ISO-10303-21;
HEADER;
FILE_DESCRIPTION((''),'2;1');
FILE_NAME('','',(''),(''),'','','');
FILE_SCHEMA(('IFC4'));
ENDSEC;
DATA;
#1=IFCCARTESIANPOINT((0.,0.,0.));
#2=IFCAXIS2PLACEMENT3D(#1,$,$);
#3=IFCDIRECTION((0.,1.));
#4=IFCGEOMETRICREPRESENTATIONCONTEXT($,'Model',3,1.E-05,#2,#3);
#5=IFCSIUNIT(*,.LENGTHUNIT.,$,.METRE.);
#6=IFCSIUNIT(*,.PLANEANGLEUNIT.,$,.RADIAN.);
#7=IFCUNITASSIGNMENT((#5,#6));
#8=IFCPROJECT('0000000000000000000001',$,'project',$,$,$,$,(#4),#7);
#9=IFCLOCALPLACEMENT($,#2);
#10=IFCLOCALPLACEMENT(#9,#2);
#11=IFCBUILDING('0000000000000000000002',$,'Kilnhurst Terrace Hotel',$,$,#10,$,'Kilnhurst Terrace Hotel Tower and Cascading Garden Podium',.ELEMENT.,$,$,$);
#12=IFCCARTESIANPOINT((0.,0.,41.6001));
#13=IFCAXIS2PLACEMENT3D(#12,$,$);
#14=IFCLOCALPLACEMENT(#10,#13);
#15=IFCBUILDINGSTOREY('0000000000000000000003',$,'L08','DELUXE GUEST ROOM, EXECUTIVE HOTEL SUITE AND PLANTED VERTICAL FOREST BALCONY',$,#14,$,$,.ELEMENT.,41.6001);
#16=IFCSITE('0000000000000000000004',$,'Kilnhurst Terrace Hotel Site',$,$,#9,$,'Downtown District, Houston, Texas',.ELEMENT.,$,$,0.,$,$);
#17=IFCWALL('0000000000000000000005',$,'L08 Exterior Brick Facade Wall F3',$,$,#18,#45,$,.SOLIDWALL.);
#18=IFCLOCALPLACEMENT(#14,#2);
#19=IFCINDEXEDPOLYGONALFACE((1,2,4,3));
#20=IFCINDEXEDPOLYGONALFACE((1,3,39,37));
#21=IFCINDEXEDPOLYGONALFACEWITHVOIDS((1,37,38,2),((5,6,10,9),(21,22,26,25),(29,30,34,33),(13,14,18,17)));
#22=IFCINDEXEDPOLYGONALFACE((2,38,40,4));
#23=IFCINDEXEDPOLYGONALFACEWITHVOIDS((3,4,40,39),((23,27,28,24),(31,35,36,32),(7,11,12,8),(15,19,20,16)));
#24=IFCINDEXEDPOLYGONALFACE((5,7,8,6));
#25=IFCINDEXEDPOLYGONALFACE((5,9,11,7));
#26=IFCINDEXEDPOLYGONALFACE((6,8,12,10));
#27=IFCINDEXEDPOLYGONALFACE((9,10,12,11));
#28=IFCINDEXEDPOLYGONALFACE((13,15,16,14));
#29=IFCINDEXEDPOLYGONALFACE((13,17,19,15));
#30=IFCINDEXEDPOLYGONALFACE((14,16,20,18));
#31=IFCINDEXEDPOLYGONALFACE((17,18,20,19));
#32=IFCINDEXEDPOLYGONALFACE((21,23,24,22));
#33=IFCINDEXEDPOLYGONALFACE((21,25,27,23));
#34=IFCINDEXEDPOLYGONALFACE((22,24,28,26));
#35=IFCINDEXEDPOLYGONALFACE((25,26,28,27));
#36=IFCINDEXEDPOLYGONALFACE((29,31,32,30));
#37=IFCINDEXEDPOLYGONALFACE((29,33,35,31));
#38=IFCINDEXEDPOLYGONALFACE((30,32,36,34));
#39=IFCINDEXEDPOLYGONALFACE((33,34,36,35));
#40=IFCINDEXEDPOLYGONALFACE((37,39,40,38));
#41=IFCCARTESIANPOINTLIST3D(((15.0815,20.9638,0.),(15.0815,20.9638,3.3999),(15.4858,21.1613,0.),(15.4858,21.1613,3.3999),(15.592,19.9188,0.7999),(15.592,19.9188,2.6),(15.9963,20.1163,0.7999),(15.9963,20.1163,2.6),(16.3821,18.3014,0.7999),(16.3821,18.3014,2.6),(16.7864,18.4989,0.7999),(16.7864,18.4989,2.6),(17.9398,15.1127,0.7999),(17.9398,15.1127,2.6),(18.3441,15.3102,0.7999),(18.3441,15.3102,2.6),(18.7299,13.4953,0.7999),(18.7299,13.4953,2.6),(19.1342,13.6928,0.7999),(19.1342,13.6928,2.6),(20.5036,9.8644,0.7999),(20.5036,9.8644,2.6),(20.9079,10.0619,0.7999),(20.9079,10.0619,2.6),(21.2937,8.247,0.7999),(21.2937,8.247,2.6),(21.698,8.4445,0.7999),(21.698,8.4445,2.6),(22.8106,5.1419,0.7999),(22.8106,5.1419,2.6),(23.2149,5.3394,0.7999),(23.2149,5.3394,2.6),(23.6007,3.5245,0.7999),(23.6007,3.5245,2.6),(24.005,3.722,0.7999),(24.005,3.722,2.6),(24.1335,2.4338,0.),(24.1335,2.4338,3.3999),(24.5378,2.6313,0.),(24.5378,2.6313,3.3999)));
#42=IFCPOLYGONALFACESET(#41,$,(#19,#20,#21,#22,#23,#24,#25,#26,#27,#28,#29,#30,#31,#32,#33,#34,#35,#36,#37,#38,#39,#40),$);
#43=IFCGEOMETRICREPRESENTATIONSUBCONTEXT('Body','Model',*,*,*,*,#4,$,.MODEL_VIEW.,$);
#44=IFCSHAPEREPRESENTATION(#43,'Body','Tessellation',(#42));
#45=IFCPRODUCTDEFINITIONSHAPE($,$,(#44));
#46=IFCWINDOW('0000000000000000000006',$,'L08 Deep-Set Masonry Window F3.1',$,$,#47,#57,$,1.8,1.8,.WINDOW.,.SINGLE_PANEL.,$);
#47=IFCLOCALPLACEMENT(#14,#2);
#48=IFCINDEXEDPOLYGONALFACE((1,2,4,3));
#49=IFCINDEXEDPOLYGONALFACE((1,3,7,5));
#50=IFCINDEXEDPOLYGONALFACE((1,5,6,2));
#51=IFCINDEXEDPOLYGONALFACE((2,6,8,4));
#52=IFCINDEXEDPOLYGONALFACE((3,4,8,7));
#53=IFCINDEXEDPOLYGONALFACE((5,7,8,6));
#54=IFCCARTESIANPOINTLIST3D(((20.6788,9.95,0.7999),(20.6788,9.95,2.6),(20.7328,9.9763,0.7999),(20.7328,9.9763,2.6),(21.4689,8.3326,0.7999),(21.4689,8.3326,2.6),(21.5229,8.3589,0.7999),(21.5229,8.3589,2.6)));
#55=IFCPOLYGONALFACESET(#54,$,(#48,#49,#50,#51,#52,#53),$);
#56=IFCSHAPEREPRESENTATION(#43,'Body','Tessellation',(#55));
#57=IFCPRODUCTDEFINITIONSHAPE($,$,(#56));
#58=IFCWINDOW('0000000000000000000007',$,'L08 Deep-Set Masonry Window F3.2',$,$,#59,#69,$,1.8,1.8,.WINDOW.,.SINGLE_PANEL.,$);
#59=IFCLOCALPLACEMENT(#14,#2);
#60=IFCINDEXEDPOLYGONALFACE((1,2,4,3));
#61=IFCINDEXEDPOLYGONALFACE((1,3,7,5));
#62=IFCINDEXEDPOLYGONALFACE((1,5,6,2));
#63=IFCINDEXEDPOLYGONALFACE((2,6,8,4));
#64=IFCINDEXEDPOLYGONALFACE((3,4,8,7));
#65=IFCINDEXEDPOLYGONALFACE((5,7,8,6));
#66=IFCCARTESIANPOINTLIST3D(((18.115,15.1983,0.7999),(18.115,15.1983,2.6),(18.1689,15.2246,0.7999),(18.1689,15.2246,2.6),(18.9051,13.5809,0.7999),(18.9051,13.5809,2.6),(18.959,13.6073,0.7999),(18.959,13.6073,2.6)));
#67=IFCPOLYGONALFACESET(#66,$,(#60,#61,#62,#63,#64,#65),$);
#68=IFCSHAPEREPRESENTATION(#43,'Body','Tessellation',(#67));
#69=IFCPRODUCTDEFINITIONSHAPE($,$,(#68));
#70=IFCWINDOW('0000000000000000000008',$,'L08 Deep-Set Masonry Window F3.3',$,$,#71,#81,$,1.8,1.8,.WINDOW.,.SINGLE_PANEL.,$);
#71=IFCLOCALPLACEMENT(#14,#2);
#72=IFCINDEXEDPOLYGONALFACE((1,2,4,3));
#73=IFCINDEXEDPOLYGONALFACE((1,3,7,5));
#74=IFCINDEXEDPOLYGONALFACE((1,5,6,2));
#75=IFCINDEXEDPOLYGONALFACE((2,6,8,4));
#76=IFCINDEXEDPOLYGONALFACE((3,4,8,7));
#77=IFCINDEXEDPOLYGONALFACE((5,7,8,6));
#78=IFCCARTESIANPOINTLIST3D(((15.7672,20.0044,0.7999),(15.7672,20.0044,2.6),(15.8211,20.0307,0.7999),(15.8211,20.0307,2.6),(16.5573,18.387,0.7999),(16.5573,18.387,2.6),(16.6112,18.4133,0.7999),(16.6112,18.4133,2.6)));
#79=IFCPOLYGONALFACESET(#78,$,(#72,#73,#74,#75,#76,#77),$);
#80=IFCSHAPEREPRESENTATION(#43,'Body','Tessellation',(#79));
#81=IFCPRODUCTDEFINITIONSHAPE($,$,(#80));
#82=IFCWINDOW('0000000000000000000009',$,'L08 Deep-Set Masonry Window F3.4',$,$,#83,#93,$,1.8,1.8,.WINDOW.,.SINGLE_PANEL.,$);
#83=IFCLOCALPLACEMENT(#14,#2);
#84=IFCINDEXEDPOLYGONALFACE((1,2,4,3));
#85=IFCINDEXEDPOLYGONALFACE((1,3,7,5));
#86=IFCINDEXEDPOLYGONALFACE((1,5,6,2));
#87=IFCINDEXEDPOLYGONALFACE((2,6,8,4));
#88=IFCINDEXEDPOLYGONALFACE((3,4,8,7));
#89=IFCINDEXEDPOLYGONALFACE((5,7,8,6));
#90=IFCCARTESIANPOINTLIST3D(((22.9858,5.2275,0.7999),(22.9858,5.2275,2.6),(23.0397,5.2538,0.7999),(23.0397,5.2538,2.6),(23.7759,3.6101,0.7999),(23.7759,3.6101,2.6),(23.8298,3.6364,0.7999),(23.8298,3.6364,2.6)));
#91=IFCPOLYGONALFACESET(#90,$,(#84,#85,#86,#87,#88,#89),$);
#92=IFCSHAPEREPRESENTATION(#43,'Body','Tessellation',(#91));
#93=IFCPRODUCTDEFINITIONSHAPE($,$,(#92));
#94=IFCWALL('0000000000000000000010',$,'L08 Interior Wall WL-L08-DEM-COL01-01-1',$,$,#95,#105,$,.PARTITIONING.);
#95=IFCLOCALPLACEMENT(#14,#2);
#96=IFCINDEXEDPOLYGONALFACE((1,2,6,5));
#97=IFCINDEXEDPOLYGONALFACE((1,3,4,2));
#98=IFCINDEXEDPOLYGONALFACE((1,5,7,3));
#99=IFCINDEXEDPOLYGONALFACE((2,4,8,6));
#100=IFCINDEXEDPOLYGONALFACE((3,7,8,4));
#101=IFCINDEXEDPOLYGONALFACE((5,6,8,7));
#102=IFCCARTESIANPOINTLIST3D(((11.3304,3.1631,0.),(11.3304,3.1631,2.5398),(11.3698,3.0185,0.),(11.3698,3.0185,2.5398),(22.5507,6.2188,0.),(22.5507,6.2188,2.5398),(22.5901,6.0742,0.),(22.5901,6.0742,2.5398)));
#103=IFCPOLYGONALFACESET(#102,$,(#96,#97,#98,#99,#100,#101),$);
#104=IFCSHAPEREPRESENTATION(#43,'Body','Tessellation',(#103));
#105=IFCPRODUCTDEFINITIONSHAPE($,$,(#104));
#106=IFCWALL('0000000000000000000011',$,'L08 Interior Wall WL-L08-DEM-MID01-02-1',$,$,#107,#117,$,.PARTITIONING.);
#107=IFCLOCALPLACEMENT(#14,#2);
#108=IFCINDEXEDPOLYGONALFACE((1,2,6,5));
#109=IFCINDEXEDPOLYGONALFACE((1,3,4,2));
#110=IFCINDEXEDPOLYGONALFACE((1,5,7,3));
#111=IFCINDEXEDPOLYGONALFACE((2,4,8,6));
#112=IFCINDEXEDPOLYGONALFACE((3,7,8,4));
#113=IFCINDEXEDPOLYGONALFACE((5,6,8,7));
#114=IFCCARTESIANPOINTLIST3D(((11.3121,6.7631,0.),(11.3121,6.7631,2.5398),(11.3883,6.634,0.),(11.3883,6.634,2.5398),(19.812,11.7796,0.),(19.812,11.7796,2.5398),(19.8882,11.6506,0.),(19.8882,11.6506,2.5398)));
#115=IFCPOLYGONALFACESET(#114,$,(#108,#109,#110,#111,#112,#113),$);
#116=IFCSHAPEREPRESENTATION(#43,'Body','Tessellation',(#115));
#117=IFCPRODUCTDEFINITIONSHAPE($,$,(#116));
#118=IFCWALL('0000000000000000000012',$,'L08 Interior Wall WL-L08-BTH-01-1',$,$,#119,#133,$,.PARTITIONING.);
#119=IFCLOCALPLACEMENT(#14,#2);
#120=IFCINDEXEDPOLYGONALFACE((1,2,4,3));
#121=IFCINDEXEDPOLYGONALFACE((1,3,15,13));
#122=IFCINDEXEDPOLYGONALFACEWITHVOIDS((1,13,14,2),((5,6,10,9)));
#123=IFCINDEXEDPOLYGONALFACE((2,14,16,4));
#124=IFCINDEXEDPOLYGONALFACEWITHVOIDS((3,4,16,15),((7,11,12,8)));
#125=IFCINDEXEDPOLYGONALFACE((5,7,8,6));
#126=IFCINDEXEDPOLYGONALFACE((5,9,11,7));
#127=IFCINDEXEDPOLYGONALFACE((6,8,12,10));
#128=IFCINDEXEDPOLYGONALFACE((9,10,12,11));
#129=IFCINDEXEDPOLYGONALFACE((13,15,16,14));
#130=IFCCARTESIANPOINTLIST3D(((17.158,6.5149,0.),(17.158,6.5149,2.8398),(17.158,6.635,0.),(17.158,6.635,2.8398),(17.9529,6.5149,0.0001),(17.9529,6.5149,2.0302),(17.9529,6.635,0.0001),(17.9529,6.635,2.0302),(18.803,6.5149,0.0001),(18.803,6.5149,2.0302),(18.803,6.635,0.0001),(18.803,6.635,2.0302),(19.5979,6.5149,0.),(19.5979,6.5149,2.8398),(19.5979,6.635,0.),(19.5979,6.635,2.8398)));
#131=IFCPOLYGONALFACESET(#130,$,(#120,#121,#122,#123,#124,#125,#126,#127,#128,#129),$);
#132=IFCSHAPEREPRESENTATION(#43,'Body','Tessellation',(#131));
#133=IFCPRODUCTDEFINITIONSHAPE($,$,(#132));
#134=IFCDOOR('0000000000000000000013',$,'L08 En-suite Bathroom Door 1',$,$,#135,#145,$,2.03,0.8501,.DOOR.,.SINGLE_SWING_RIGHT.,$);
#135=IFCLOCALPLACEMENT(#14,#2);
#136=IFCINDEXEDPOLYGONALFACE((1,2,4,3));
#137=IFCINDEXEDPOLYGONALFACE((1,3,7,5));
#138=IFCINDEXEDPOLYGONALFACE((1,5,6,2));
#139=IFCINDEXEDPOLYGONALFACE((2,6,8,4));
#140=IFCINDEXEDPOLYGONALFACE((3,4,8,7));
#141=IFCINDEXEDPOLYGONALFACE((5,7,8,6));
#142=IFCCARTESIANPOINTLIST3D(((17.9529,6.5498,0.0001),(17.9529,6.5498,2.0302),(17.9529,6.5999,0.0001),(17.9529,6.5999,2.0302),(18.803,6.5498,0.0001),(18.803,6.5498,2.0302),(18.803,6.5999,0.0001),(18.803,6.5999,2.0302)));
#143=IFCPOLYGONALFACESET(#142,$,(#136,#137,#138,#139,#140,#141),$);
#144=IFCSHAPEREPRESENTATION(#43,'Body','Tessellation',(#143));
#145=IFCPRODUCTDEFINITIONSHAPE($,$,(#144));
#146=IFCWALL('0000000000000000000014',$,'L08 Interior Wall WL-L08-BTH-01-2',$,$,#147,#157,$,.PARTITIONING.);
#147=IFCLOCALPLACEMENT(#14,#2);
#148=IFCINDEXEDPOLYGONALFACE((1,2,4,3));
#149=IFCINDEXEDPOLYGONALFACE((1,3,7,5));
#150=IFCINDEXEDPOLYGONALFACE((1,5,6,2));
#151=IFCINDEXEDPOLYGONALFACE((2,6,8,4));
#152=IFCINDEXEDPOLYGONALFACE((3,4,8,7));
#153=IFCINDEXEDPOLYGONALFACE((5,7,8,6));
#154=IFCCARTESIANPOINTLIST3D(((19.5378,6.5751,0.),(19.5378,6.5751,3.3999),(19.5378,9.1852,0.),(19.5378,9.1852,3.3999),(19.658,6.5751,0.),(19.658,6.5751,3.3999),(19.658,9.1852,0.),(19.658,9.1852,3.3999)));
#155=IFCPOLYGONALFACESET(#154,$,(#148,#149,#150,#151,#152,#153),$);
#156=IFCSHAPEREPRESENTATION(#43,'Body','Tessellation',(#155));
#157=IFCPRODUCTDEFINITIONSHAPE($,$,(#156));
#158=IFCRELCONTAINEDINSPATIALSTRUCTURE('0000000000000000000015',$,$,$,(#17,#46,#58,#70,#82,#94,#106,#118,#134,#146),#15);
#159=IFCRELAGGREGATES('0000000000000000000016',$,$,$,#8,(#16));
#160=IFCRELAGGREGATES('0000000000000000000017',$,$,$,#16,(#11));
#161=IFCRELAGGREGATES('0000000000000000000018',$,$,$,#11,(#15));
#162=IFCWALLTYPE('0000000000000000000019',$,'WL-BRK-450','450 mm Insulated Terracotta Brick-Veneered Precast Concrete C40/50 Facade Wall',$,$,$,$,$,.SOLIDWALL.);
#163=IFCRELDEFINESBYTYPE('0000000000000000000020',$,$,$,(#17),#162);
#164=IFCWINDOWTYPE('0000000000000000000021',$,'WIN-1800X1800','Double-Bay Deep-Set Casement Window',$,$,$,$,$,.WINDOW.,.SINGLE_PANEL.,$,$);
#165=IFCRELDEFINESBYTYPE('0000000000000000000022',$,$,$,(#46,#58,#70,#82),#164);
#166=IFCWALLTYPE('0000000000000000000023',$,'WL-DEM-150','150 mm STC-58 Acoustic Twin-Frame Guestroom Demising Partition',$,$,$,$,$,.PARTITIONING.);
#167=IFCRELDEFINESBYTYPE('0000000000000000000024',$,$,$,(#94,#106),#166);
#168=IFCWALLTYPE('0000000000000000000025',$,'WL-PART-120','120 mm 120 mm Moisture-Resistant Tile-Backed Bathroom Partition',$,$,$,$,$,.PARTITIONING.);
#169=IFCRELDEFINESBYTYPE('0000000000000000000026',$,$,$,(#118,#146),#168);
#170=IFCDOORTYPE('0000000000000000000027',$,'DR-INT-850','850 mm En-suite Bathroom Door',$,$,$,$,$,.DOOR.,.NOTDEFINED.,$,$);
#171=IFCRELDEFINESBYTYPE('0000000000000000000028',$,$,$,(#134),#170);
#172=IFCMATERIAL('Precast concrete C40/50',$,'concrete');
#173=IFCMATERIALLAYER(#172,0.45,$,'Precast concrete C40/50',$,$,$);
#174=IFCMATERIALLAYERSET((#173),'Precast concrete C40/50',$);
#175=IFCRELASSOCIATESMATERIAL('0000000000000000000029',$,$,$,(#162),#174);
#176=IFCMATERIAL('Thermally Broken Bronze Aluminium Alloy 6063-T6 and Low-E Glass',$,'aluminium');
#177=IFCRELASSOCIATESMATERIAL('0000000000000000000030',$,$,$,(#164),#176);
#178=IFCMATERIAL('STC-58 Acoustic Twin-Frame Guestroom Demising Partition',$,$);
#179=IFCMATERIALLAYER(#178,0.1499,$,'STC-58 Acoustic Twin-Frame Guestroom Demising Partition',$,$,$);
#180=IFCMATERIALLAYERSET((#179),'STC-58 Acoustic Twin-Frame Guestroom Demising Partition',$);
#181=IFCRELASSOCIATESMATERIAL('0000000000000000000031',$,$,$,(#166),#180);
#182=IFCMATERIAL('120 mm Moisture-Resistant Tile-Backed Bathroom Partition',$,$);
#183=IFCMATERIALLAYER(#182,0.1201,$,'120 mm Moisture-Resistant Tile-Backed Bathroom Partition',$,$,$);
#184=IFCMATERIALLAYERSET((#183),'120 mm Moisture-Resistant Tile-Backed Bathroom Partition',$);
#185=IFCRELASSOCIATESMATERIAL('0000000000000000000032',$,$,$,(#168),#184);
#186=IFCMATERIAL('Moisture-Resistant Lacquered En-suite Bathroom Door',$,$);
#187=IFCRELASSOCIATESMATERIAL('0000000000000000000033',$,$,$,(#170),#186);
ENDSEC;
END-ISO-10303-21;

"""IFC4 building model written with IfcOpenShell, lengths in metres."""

from ifc_helpers import new_model, si_unit, direction, frame, frame_2d, origin, place, context, subcontext, project, spatial, rectangle, extrude, material, layer, layer_set, type_object, element, fill, save


model = new_model("IFC4")

# Units and contexts
model_context = context("Model", 3, precision=1e-05, world=origin(), true_north=direction((0.0, 1.0)))
body_context = subcontext(model_context, "Body", "Model", "MODEL_VIEW")
ifc_project = project(units=[si_unit("LENGTHUNIT", "METRE"), si_unit("PLANEANGLEUNIT", "RADIAN")], contexts=[model_context])

# Site, building, storey
site_placement = place(None, origin())
site = spatial("IfcSite", under=ifc_project, at=site_placement, Name="Kilnhurst Terrace Hotel Site", LongName="Downtown District, Houston, Texas", CompositionType="ELEMENT", RefElevation=0.0)
building_placement = place(site_placement, origin())
building = spatial("IfcBuilding", under=site, at=building_placement, Name="Kilnhurst Terrace Hotel", LongName="Kilnhurst Terrace Hotel Tower and Cascading Garden Podium", CompositionType="ELEMENT")
storey_placement = place(building_placement, frame((0.0, 0.0, 41.6001)))
storey = spatial("IfcBuildingStorey", under=building, at=storey_placement, Name="L08", Description="DELUXE GUEST ROOM, EXECUTIVE HOTEL SUITE AND PLANTED VERTICAL FOREST BALCONY", CompositionType="ELEMENT", Elevation=41.6001)

# Shared definitions
ifc_material_1 = material(Name="Precast concrete C40/50", Category="concrete")
ifc_layer_1 = layer(ifc_material_1, 0.45, Name="Precast concrete C40/50")
ifc_layer_set_1 = layer_set([ifc_layer_1], Name="Precast concrete C40/50")
wall_type_1 = type_object("IfcWallType", Name="WL-BRK-450", Description="450 mm Insulated Terracotta Brick-Veneered Precast Concrete C40/50 Facade Wall", PredefinedType="SOLIDWALL", material=ifc_layer_set_1)

# Wall, openings, windows
wall_1_placement = place(storey_placement, frame((24.3357, 2.5325, 0.0), z_axis=(0.0, 0.0, 1.0), x_axis=(-0.438931, 0.898521, 0.0)))
wall_1 = element("IfcWall", 1, at=wall_1_placement, inside=storey, type_object=wall_type_1, Name="L08 Exterior Brick Facade Wall F3", PredefinedType="SOLIDWALL", context=body_context, shape_type="SweptSolid", body=[
    extrude(rectangle(XDim=20.6228, YDim=0.45, at=frame_2d((10.3115, 0.0))), origin(), (0.0, 0.0, 1.0), 3.3999),
])
opening_1_placement = place(wall_1_placement, frame((6.47, 0.0, 0.8)))
opening_1 = element("IfcOpeningElement", 2, at=opening_1_placement, cuts=wall_1, PredefinedType="OPENING", context=body_context, shape_type="SweptSolid", body=[
    extrude(rectangle(XDim=1.8, YDim=1.8, at=frame_2d((0.8999, 0.8999))), frame((0.0, 0.2349, 0.0), z_axis=(0.0, -1.0, 0.0), x_axis=(1.0, 0.0, 0.0)), (0.0, 0.0, 1.0), 0.47),
])
opening_2_placement = place(wall_1_placement, frame((12.311, 0.0, 0.8)))
opening_2 = element("IfcOpeningElement", 3, at=opening_2_placement, cuts=wall_1, PredefinedType="OPENING", context=body_context, shape_type="SweptSolid", body=[
    extrude(rectangle(XDim=1.8, YDim=1.8, at=frame_2d((0.8999, 0.8999))), frame((0.0, 0.2349, 0.0), z_axis=(0.0, -1.0, 0.0), x_axis=(1.0, 0.0, 0.0)), (0.0, 0.0, 1.0), 0.47),
])
opening_3_placement = place(wall_1_placement, frame((17.6599, 0.0, 0.8)))
opening_3 = element("IfcOpeningElement", 4, at=opening_3_placement, cuts=wall_1, PredefinedType="OPENING", context=body_context, shape_type="SweptSolid", body=[
    extrude(rectangle(XDim=1.8, YDim=1.8, at=frame_2d((0.8999, 0.8999))), frame((0.0, 0.2349, 0.0), z_axis=(0.0, -1.0, 0.0), x_axis=(1.0, 0.0, 0.0)), (0.0, 0.0, 1.0), 0.47),
])
opening_4_placement = place(wall_1_placement, frame((1.2141, 0.0, 0.8)))
opening_4 = element("IfcOpeningElement", 5, at=opening_4_placement, cuts=wall_1, PredefinedType="OPENING", context=body_context, shape_type="SweptSolid", body=[
    extrude(rectangle(XDim=1.8, YDim=1.8, at=frame_2d((0.8999, 0.8999))), frame((0.0, 0.2349, 0.0), z_axis=(0.0, -1.0, 0.0), x_axis=(1.0, 0.0, 0.0)), (0.0, 0.0, 1.0), 0.47),
])
ifc_material_2 = material(Name="Thermally Broken Bronze Aluminium Alloy 6063-T6 and Low-E Glass", Category="aluminium")
window_type = type_object("IfcWindowType", Name="WIN-1800X1800", Description="Double-Bay Deep-Set Casement Window", PartitioningType="SINGLE_PANEL", PredefinedType="WINDOW", material=ifc_material_2)
window_1_placement = place(opening_1_placement, origin())
window_1 = element("IfcWindow", 6, at=window_1_placement, inside=storey, type_object=window_type, Name="L08 Deep-Set Masonry Window F3.1", OverallHeight=1.8, OverallWidth=1.8, PartitioningType="SINGLE_PANEL", PredefinedType="WINDOW", context=body_context, shape_type="SweptSolid", body=[
    extrude(rectangle(XDim=1.8, YDim=1.8, at=frame_2d((0.8999, 0.8999))), frame((0.0, 0.03, 0.0), z_axis=(0.0, -1.0, 0.0), x_axis=(1.0, 0.0, 0.0)), (0.0, 0.0, 1.0), 0.0601),
])
fill(opening_1, window_1)
window_2_placement = place(opening_2_placement, origin())
window_2 = element("IfcWindow", 7, at=window_2_placement, inside=storey, type_object=window_type, Name="L08 Deep-Set Masonry Window F3.2", OverallHeight=1.8, OverallWidth=1.8, PartitioningType="SINGLE_PANEL", PredefinedType="WINDOW", context=body_context, shape_type="SweptSolid", body=[
    extrude(rectangle(XDim=1.8, YDim=1.8, at=frame_2d((0.8999, 0.8999))), frame((0.0, 0.03, 0.0), z_axis=(0.0, -1.0, 0.0), x_axis=(1.0, 0.0, 0.0)), (0.0, 0.0, 1.0), 0.0601),
])
fill(opening_2, window_2)
window_3_placement = place(opening_3_placement, origin())
window_3 = element("IfcWindow", 8, at=window_3_placement, inside=storey, type_object=window_type, Name="L08 Deep-Set Masonry Window F3.3", OverallHeight=1.8, OverallWidth=1.8, PartitioningType="SINGLE_PANEL", PredefinedType="WINDOW", context=body_context, shape_type="SweptSolid", body=[
    extrude(rectangle(XDim=1.8, YDim=1.8, at=frame_2d((0.8999, 0.8999))), frame((0.0, 0.03, 0.0), z_axis=(0.0, -1.0, 0.0), x_axis=(1.0, 0.0, 0.0)), (0.0, 0.0, 1.0), 0.0601),
])
fill(opening_3, window_3)
window_4_placement = place(opening_4_placement, origin())
window_4 = element("IfcWindow", 9, at=window_4_placement, inside=storey, type_object=window_type, Name="L08 Deep-Set Masonry Window F3.4", OverallHeight=1.8, OverallWidth=1.8, PartitioningType="SINGLE_PANEL", PredefinedType="WINDOW", context=body_context, shape_type="SweptSolid", body=[
    extrude(rectangle(XDim=1.8, YDim=1.8, at=frame_2d((0.8999, 0.8999))), frame((0.0, 0.03, 0.0), z_axis=(0.0, -1.0, 0.0), x_axis=(1.0, 0.0, 0.0)), (0.0, 0.0, 1.0), 0.0601),
])
fill(opening_4, window_4)

# Walls
ifc_material_3 = material(Name="STC-58 Acoustic Twin-Frame Guestroom Demising Partition")
ifc_layer_2 = layer(ifc_material_3, 0.1499, Name="STC-58 Acoustic Twin-Frame Guestroom Demising Partition")
ifc_layer_set_2 = layer_set([ifc_layer_2], Name="STC-58 Acoustic Twin-Frame Guestroom Demising Partition")
wall_type_2 = type_object("IfcWallType", Name="WL-DEM-150", Description="150 mm STC-58 Acoustic Twin-Frame Guestroom Demising Partition", PredefinedType="PARTITIONING", material=ifc_layer_set_2)
wall_2_placement = place(storey_placement, frame((11.3501, 3.0908, 0.0), z_axis=(0.0, 0.0, 1.0), x_axis=(0.96486, 0.262766, 0.0)))
element("IfcWall", 10, at=wall_2_placement, inside=storey, type_object=wall_type_2, Name="L08 Interior Wall WL-L08-DEM-COL01-01-1", PredefinedType="PARTITIONING", context=body_context, shape_type="SweptSolid", body=[
    extrude(rectangle(XDim=11.6289, YDim=0.1499, at=frame_2d((5.8145, 0.0))), origin(), (0.0, 0.0, 1.0), 2.5398),
])
wall_3_placement = place(storey_placement, frame((11.3501, 6.6985, 0.0), z_axis=(0.0, 0.0, 1.0), x_axis=(0.861198, 0.508269, 0.0)))
element("IfcWall", 11, at=wall_3_placement, inside=storey, type_object=wall_type_2, Name="L08 Interior Wall WL-L08-DEM-MID01-02-1", PredefinedType="PARTITIONING", context=body_context, shape_type="SweptSolid", body=[
    extrude(rectangle(XDim=9.8699, YDim=0.1499, at=frame_2d((4.9351, 0.0))), origin(), (0.0, 0.0, 1.0), 2.5398),
])

# Wall, opening, door
ifc_material_4 = material(Name="120 mm Moisture-Resistant Tile-Backed Bathroom Partition")
ifc_layer_3 = layer(ifc_material_4, 0.1201, Name="120 mm Moisture-Resistant Tile-Backed Bathroom Partition")
ifc_layer_set_3 = layer_set([ifc_layer_3], Name="120 mm Moisture-Resistant Tile-Backed Bathroom Partition")
wall_type_3 = type_object("IfcWallType", Name="WL-PART-120", Description="120 mm 120 mm Moisture-Resistant Tile-Backed Bathroom Partition", PredefinedType="PARTITIONING", material=ifc_layer_set_3)
wall_4_placement = place(storey_placement, frame((17.158, 6.575, 0.0), z_axis=(0.0, 0.0, 1.0), x_axis=(1.0, 0.0, 0.0)))
wall_4 = element("IfcWall", 12, at=wall_4_placement, inside=storey, type_object=wall_type_3, Name="L08 Interior Wall WL-L08-BTH-01-1", PredefinedType="PARTITIONING", context=body_context, shape_type="SweptSolid", body=[
    extrude(rectangle(XDim=2.4399, YDim=0.1201, at=frame_2d((1.22, 0.0))), origin(), (0.0, 0.0, 1.0), 2.8398),
])
opening_5_placement = place(wall_4_placement, frame((0.7949, 0.0, 0.0)))
opening_5 = element("IfcOpeningElement", 13, at=opening_5_placement, cuts=wall_4, PredefinedType="OPENING", context=body_context, shape_type="SweptSolid", body=[
    extrude(rectangle(XDim=0.8501, YDim=2.03, at=frame_2d((0.425, 1.0151))), frame((0.0, 0.0701, 0.0), z_axis=(0.0, -1.0, 0.0), x_axis=(1.0, 0.0, 0.0)), (0.0, 0.0, 1.0), 0.1401),
])
ifc_material_5 = material(Name="Moisture-Resistant Lacquered En-suite Bathroom Door")
door_type_1 = type_object("IfcDoorType", Name="DR-INT-850", Description="850 mm En-suite Bathroom Door", OperationType="NOTDEFINED", PredefinedType="DOOR", material=ifc_material_5)
door_1_placement = place(opening_5_placement, origin())
door_1 = element("IfcDoor", 14, at=door_1_placement, inside=storey, type_object=door_type_1, Name="L08 En-suite Bathroom Door 1", OperationType="SINGLE_SWING_RIGHT", OverallHeight=2.03, OverallWidth=0.8501, PredefinedType="DOOR", context=body_context, shape_type="SweptSolid", body=[
    extrude(rectangle(XDim=0.8501, YDim=2.03, at=frame_2d((0.425, 1.0151))), frame((0.0, 0.0249, 0.0), z_axis=(0.0, -1.0, 0.0), x_axis=(1.0, 0.0, 0.0)), (0.0, 0.0, 1.0), 0.05),
])
fill(opening_5, door_1)

# Wall
wall_5_placement = place(storey_placement, frame((19.5979, 6.575, 0.0), z_axis=(0.0, 0.0, 1.0), x_axis=(0.0, 1.0, 0.0)))
element("IfcWall", 15, at=wall_5_placement, inside=storey, type_object=wall_type_3, Name="L08 Interior Wall WL-L08-BTH-01-2", PredefinedType="PARTITIONING", context=body_context, shape_type="SweptSolid", body=[
    extrude(rectangle(XDim=2.6101, YDim=0.1201, at=frame_2d((1.3052, 0.0))), origin(), (0.0, 0.0, 1.0), 3.3999),
])

save(model, "model.ifc")
